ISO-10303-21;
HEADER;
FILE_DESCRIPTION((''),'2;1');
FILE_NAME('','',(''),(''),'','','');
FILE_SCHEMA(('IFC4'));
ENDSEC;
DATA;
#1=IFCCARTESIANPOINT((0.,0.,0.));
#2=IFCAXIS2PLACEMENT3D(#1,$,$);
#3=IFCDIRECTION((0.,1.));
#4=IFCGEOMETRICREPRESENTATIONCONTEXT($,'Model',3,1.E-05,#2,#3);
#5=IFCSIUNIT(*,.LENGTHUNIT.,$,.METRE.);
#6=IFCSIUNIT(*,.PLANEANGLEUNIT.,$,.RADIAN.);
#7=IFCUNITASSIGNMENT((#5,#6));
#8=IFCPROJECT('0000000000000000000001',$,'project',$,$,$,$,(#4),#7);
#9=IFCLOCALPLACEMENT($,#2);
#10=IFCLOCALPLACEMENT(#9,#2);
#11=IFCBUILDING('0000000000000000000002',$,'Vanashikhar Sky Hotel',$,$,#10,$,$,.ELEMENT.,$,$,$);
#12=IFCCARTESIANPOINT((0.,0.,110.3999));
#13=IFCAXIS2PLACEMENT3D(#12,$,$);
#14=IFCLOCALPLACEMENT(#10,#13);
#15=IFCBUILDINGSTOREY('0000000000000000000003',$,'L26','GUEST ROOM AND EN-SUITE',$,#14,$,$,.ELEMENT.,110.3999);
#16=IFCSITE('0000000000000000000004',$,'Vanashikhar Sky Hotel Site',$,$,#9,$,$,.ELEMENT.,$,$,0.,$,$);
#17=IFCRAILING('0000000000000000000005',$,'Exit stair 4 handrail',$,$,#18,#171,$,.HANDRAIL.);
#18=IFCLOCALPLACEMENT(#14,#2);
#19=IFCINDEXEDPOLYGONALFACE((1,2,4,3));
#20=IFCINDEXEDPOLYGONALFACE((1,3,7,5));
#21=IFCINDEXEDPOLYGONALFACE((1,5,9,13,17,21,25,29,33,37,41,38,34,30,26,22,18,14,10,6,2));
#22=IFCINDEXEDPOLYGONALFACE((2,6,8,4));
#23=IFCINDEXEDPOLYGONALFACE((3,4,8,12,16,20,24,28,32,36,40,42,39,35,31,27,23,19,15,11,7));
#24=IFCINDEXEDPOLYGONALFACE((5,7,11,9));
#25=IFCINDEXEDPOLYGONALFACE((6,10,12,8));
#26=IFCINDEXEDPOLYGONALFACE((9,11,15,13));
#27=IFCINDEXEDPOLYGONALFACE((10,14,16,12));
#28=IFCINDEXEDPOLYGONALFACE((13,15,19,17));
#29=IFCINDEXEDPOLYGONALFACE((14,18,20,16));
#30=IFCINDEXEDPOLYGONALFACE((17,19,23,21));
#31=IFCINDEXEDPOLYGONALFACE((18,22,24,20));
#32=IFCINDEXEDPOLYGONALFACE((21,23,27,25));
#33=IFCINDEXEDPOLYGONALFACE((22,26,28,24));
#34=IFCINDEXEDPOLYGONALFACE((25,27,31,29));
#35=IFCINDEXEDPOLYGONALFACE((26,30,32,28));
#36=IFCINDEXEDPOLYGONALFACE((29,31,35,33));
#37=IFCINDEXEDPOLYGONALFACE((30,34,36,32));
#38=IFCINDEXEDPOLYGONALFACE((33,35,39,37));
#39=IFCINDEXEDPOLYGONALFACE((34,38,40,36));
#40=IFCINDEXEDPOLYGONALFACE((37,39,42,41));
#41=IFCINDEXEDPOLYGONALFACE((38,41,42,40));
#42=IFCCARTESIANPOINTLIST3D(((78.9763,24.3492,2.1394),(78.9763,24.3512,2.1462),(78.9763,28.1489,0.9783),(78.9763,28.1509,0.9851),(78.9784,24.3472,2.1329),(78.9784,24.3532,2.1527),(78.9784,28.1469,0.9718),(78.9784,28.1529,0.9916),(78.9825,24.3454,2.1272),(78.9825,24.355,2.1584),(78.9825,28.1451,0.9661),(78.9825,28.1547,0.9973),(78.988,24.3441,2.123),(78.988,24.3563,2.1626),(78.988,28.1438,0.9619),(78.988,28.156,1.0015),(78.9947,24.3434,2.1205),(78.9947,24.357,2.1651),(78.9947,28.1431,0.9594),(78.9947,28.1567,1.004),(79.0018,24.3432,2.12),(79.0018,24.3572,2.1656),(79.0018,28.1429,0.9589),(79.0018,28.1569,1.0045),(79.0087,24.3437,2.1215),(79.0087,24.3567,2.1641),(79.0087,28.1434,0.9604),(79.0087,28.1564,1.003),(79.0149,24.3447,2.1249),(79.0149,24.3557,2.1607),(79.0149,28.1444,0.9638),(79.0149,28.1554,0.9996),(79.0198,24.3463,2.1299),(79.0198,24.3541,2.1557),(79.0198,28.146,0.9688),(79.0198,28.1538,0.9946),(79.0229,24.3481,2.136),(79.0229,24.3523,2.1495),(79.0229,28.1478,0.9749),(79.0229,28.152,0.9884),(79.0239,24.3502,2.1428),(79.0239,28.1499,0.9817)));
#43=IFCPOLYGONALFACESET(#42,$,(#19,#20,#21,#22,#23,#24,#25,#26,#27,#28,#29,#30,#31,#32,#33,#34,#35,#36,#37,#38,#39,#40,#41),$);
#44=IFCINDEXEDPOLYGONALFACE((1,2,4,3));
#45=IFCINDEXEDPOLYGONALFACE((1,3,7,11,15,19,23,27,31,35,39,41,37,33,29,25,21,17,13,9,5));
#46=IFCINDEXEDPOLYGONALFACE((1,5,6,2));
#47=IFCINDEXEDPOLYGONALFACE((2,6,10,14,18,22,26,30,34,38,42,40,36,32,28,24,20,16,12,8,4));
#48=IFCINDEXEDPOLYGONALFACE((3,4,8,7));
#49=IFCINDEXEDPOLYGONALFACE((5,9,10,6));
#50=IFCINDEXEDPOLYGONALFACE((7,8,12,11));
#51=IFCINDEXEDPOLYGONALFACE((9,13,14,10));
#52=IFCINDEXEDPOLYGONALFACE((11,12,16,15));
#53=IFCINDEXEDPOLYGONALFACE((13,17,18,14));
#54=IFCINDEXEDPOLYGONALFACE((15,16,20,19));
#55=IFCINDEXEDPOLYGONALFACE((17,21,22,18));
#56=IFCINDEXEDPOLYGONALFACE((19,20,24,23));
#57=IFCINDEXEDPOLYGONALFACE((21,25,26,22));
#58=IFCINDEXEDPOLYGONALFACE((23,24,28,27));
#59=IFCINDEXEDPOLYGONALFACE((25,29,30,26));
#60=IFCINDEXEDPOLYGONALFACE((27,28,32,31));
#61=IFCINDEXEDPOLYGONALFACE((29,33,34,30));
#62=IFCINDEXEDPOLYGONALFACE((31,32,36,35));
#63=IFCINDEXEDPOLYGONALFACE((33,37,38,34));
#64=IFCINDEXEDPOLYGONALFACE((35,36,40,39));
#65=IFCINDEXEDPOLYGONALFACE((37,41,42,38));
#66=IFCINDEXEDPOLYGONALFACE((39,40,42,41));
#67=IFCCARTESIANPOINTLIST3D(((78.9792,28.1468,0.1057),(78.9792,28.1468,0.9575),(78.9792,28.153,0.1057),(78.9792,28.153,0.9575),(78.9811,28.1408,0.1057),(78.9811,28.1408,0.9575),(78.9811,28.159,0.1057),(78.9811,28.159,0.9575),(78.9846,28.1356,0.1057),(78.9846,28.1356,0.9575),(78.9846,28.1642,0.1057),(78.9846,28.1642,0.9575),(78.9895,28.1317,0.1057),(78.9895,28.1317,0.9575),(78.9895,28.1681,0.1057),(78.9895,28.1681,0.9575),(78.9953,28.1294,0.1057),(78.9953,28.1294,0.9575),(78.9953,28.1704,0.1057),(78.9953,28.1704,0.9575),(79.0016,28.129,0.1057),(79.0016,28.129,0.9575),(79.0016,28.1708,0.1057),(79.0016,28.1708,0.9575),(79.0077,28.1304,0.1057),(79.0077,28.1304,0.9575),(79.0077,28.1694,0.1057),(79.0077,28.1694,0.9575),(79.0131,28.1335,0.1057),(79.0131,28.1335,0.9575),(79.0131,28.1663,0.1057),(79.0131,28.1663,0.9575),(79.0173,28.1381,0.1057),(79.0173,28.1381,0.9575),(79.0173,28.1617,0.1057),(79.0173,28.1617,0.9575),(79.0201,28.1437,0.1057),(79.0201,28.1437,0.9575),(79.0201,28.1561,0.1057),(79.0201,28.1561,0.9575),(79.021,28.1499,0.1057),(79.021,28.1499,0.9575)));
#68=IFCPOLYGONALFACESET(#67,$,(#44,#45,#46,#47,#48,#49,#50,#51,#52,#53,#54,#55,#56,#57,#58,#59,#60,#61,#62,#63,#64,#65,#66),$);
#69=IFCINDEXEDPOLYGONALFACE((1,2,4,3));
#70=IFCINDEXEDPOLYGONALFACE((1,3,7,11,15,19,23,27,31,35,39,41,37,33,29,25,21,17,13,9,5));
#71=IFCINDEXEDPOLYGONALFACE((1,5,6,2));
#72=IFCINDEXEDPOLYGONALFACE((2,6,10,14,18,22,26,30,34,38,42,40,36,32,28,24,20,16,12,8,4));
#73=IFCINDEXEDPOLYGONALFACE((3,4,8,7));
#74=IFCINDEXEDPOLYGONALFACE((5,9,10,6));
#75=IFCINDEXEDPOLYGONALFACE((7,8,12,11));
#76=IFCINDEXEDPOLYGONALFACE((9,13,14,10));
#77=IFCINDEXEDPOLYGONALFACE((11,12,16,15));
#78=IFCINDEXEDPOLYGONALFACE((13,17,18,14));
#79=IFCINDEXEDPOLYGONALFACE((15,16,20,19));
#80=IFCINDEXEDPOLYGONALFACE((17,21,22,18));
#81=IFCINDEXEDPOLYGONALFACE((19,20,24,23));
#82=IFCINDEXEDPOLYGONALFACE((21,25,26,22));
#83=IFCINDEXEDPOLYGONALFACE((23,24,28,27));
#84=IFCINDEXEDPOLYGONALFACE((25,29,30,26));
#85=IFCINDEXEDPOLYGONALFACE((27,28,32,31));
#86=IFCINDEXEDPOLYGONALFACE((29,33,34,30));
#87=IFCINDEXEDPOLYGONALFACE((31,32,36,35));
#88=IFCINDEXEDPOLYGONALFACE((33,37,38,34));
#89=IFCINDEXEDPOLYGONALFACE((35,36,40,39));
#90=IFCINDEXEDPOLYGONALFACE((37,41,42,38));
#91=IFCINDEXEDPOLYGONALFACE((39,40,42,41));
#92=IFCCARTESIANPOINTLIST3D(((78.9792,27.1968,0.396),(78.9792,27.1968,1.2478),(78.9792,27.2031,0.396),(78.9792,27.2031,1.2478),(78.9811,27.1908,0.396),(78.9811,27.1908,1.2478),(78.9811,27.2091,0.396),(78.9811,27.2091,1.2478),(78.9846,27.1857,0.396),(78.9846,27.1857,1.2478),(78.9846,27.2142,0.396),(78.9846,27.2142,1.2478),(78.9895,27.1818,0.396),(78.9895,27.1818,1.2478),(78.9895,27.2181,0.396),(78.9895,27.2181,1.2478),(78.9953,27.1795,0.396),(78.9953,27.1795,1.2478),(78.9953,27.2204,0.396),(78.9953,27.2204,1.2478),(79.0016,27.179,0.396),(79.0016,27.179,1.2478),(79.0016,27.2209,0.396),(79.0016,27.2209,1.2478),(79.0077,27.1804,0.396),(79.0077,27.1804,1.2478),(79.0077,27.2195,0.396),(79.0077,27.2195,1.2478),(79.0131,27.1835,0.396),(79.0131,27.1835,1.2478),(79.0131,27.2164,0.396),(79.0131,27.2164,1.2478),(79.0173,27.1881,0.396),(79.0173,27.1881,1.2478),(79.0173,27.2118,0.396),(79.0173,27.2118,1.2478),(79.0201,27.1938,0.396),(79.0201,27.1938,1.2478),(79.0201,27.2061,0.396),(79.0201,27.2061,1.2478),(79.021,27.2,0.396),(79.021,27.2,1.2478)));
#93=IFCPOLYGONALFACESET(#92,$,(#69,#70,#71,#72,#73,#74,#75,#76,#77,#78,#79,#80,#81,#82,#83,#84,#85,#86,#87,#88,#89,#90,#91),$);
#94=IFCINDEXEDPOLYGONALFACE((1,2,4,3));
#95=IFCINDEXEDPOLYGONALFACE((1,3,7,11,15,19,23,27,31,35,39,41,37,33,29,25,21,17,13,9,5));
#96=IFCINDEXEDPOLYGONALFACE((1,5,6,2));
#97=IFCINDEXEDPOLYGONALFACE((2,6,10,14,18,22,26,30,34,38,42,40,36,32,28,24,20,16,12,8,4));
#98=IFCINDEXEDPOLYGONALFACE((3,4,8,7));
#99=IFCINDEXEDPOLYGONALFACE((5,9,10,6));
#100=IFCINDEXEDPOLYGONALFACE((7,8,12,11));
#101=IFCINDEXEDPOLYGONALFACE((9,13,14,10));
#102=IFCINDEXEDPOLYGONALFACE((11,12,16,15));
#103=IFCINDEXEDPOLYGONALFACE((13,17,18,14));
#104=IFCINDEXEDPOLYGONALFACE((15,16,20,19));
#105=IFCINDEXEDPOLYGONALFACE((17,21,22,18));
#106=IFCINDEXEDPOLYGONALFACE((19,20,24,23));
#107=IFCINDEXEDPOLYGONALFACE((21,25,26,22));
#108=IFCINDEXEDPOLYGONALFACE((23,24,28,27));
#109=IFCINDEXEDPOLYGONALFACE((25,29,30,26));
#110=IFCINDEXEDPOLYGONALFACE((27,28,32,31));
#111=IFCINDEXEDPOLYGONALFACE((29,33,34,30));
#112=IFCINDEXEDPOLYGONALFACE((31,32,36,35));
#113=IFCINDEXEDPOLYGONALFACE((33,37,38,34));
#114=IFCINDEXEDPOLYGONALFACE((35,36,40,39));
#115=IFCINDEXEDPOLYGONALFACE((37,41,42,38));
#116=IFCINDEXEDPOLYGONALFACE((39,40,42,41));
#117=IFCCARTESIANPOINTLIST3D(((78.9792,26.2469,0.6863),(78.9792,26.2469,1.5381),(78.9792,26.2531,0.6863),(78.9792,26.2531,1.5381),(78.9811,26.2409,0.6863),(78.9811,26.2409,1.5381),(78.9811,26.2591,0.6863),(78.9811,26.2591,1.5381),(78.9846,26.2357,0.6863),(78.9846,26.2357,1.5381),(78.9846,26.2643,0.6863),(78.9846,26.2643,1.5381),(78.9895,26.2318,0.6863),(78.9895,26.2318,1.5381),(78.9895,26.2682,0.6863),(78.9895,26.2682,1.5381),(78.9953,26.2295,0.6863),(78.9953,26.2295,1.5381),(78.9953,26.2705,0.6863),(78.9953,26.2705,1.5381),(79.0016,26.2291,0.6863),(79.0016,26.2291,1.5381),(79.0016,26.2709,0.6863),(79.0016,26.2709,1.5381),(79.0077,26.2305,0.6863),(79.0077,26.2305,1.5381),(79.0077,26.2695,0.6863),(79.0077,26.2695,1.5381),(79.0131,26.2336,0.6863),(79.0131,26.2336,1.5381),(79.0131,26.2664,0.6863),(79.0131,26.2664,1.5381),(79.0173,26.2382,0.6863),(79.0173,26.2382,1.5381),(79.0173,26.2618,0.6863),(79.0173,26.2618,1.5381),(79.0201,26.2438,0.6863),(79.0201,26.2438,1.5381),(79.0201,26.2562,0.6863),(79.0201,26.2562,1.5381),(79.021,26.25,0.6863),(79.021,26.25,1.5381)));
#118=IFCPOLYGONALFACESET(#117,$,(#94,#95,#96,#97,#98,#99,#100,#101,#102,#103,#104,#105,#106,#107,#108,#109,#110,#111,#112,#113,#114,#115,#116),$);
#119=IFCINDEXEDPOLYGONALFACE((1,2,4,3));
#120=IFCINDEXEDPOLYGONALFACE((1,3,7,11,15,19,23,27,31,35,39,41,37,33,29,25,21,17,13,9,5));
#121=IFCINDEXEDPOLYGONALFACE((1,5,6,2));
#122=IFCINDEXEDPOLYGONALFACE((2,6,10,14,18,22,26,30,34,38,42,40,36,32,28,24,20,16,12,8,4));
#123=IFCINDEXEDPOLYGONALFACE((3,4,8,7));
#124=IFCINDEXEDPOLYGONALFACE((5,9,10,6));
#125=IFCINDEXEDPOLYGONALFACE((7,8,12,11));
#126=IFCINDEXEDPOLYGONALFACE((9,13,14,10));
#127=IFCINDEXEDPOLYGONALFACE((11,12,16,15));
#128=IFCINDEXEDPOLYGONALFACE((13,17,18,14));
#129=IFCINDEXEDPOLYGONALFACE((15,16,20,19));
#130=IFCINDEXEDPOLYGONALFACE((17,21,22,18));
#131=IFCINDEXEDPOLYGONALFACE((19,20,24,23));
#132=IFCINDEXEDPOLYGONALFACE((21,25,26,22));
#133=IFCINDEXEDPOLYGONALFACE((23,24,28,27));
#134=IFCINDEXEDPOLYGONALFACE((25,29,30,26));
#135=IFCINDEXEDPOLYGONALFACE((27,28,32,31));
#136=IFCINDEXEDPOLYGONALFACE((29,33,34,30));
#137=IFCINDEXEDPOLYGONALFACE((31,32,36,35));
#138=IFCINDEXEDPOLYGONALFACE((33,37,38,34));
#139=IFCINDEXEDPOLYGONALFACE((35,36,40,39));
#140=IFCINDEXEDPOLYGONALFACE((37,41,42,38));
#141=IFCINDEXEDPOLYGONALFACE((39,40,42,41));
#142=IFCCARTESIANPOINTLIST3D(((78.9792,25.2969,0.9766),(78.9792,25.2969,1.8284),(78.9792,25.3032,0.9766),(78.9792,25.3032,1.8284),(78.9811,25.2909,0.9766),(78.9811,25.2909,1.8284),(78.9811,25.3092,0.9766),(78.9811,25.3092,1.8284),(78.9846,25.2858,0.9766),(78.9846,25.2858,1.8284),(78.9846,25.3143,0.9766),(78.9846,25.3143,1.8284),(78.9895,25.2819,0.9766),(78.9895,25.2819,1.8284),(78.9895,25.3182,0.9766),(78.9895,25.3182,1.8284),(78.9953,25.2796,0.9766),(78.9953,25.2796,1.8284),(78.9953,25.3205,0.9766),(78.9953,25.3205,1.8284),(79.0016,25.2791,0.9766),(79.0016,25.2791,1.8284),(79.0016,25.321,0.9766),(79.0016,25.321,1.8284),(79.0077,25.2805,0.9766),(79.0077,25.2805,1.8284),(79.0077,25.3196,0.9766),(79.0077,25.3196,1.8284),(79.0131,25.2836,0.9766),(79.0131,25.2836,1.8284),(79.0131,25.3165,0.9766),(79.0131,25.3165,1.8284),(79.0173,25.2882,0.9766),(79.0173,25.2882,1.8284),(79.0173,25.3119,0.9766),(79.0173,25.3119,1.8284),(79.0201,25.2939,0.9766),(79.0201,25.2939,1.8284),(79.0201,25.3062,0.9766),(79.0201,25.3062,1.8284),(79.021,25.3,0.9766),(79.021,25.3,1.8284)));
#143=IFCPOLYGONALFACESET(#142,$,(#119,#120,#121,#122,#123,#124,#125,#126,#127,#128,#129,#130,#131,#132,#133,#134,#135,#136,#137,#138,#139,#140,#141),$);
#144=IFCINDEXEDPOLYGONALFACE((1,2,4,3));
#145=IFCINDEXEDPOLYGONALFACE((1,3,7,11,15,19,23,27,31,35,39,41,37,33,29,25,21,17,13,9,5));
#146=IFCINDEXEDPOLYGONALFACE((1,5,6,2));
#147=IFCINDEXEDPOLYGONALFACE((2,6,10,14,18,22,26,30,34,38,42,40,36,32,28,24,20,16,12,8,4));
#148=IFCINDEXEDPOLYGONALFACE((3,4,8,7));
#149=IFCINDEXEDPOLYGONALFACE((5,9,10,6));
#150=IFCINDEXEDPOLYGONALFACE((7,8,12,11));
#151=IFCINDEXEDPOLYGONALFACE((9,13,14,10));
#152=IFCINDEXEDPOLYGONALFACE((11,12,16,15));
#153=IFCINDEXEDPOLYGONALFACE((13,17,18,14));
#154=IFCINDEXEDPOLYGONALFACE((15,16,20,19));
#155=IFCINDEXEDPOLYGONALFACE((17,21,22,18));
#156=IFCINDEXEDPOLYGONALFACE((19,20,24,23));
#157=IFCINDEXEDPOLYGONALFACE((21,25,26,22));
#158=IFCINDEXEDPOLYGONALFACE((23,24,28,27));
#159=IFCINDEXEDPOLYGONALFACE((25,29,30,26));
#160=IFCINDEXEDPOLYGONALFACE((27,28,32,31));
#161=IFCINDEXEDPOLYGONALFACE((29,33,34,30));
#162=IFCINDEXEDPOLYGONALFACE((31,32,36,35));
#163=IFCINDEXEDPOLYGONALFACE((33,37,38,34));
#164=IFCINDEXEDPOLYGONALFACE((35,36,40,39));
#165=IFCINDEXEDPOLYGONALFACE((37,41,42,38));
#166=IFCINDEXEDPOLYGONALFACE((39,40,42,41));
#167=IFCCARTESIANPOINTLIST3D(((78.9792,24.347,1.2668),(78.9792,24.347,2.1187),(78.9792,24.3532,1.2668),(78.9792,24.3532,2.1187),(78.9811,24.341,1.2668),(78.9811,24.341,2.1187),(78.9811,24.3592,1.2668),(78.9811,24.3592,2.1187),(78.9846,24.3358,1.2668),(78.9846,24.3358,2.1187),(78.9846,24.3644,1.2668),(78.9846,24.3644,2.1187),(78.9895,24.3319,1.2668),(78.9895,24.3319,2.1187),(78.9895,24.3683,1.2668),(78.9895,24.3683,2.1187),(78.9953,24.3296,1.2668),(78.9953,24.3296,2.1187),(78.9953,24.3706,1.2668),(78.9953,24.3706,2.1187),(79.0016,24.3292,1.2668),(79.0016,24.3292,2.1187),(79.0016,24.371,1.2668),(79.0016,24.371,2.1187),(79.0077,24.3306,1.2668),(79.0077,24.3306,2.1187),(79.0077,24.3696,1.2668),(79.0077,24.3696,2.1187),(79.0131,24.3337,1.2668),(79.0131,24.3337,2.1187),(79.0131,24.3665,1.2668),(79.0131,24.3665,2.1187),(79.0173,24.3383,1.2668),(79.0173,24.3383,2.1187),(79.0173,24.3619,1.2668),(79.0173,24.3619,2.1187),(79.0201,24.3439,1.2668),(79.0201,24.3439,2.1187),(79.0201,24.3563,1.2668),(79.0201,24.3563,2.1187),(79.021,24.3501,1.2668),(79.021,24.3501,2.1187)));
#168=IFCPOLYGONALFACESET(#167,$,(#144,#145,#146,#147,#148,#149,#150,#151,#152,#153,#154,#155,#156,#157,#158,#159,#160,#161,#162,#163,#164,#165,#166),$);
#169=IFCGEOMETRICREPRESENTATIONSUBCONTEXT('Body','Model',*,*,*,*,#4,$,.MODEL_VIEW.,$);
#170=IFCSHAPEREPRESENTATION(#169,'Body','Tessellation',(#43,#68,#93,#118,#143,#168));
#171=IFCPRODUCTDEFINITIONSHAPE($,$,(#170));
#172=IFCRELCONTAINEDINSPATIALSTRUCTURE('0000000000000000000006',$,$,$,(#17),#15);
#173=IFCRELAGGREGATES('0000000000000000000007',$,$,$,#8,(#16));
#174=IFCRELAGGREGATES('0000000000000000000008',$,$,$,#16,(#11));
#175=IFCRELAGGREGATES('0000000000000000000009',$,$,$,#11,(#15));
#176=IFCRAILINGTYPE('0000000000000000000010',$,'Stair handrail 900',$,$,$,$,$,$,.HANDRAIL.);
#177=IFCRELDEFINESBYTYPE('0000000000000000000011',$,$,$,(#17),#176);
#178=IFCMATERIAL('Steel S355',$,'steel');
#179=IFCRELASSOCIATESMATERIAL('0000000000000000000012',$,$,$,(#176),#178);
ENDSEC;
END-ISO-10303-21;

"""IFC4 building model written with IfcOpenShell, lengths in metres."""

from ifc_helpers import new_model, si_unit, direction, frame, origin, origin_2d, place, context, subcontext, project, spatial, circle, extrude, source, transform, mapped, material, type_object, element, save


model = new_model("IFC4")

# Units and contexts
model_context = context("Model", 3, precision=1e-05, world=origin(), true_north=direction((0.0, 1.0)))
body_context = subcontext(model_context, "Body", "Model", "MODEL_VIEW")
ifc_project = project(units=[si_unit("LENGTHUNIT", "METRE"), si_unit("PLANEANGLEUNIT", "RADIAN")], contexts=[model_context])

# Site, building, storey
site_placement = place(None, origin())
site = spatial("IfcSite", under=ifc_project, at=site_placement, Name="Vanashikhar Sky Hotel Site", CompositionType="ELEMENT", RefElevation=0.0)
building_placement = place(site_placement, origin())
building = spatial("IfcBuilding", under=site, at=building_placement, Name="Vanashikhar Sky Hotel", CompositionType="ELEMENT")
storey_placement = place(building_placement, frame((0.0, 0.0, 110.3999)))
storey = spatial("IfcBuildingStorey", under=building, at=storey_placement, Name="L26", Description="GUEST ROOM AND EN-SUITE", CompositionType="ELEMENT", Elevation=110.3999)

# Railing
ifc_material_1 = material(Name="Steel S355", Category="steel")
railing_type_1 = type_object("IfcRailingType", Name="Stair handrail 900", PredefinedType="HANDRAIL", material=ifc_material_1)
shared_shape_1 = source(origin(), body_context, "Body", "SweptSolid", [
    extrude(circle(Radius=0.0239, at=origin_2d()), frame((0.0, 0.0, 0.876), z_axis=(0.0, -0.956346, 0.292237), x_axis=(1.0, 0.0, 0.0)), (0.0, 0.0, 1.0), 3.9731),
    extrude(circle(Radius=0.021, at=origin_2d()), origin(), (0.0, 0.0, 1.0), 0.8518),
    extrude(circle(Radius=0.021, at=origin_2d()), frame((0.0, -0.95, 0.2903)), (0.0, 0.0, 1.0), 0.8518),
    extrude(circle(Radius=0.021, at=origin_2d()), frame((0.0, -1.8999, 0.5806)), (0.0, 0.0, 1.0), 0.8518),
    extrude(circle(Radius=0.021, at=origin_2d()), frame((0.0, -2.8499, 0.8708)), (0.0, 0.0, 1.0), 0.8518),
    extrude(circle(Radius=0.021, at=origin_2d()), frame((0.0, -3.7998, 1.1611)), (0.0, 0.0, 1.0), 0.8518),
])
for number, where, name in (
    (1, (79.0, 28.1499, 0.1057), "Exit stair 4 handrail"),
):
    element("IfcRailing", number, at=place(storey_placement, frame(where)), inside=storey, type_object=railing_type_1, Name=name, PredefinedType="HANDRAIL", context=body_context, shape_type="MappedRepresentation", body=[
        mapped(shared_shape_1, transform((0.0, 0.0, 0.0), scale=1.0)),
    ])

save(model, "model.ifc")
